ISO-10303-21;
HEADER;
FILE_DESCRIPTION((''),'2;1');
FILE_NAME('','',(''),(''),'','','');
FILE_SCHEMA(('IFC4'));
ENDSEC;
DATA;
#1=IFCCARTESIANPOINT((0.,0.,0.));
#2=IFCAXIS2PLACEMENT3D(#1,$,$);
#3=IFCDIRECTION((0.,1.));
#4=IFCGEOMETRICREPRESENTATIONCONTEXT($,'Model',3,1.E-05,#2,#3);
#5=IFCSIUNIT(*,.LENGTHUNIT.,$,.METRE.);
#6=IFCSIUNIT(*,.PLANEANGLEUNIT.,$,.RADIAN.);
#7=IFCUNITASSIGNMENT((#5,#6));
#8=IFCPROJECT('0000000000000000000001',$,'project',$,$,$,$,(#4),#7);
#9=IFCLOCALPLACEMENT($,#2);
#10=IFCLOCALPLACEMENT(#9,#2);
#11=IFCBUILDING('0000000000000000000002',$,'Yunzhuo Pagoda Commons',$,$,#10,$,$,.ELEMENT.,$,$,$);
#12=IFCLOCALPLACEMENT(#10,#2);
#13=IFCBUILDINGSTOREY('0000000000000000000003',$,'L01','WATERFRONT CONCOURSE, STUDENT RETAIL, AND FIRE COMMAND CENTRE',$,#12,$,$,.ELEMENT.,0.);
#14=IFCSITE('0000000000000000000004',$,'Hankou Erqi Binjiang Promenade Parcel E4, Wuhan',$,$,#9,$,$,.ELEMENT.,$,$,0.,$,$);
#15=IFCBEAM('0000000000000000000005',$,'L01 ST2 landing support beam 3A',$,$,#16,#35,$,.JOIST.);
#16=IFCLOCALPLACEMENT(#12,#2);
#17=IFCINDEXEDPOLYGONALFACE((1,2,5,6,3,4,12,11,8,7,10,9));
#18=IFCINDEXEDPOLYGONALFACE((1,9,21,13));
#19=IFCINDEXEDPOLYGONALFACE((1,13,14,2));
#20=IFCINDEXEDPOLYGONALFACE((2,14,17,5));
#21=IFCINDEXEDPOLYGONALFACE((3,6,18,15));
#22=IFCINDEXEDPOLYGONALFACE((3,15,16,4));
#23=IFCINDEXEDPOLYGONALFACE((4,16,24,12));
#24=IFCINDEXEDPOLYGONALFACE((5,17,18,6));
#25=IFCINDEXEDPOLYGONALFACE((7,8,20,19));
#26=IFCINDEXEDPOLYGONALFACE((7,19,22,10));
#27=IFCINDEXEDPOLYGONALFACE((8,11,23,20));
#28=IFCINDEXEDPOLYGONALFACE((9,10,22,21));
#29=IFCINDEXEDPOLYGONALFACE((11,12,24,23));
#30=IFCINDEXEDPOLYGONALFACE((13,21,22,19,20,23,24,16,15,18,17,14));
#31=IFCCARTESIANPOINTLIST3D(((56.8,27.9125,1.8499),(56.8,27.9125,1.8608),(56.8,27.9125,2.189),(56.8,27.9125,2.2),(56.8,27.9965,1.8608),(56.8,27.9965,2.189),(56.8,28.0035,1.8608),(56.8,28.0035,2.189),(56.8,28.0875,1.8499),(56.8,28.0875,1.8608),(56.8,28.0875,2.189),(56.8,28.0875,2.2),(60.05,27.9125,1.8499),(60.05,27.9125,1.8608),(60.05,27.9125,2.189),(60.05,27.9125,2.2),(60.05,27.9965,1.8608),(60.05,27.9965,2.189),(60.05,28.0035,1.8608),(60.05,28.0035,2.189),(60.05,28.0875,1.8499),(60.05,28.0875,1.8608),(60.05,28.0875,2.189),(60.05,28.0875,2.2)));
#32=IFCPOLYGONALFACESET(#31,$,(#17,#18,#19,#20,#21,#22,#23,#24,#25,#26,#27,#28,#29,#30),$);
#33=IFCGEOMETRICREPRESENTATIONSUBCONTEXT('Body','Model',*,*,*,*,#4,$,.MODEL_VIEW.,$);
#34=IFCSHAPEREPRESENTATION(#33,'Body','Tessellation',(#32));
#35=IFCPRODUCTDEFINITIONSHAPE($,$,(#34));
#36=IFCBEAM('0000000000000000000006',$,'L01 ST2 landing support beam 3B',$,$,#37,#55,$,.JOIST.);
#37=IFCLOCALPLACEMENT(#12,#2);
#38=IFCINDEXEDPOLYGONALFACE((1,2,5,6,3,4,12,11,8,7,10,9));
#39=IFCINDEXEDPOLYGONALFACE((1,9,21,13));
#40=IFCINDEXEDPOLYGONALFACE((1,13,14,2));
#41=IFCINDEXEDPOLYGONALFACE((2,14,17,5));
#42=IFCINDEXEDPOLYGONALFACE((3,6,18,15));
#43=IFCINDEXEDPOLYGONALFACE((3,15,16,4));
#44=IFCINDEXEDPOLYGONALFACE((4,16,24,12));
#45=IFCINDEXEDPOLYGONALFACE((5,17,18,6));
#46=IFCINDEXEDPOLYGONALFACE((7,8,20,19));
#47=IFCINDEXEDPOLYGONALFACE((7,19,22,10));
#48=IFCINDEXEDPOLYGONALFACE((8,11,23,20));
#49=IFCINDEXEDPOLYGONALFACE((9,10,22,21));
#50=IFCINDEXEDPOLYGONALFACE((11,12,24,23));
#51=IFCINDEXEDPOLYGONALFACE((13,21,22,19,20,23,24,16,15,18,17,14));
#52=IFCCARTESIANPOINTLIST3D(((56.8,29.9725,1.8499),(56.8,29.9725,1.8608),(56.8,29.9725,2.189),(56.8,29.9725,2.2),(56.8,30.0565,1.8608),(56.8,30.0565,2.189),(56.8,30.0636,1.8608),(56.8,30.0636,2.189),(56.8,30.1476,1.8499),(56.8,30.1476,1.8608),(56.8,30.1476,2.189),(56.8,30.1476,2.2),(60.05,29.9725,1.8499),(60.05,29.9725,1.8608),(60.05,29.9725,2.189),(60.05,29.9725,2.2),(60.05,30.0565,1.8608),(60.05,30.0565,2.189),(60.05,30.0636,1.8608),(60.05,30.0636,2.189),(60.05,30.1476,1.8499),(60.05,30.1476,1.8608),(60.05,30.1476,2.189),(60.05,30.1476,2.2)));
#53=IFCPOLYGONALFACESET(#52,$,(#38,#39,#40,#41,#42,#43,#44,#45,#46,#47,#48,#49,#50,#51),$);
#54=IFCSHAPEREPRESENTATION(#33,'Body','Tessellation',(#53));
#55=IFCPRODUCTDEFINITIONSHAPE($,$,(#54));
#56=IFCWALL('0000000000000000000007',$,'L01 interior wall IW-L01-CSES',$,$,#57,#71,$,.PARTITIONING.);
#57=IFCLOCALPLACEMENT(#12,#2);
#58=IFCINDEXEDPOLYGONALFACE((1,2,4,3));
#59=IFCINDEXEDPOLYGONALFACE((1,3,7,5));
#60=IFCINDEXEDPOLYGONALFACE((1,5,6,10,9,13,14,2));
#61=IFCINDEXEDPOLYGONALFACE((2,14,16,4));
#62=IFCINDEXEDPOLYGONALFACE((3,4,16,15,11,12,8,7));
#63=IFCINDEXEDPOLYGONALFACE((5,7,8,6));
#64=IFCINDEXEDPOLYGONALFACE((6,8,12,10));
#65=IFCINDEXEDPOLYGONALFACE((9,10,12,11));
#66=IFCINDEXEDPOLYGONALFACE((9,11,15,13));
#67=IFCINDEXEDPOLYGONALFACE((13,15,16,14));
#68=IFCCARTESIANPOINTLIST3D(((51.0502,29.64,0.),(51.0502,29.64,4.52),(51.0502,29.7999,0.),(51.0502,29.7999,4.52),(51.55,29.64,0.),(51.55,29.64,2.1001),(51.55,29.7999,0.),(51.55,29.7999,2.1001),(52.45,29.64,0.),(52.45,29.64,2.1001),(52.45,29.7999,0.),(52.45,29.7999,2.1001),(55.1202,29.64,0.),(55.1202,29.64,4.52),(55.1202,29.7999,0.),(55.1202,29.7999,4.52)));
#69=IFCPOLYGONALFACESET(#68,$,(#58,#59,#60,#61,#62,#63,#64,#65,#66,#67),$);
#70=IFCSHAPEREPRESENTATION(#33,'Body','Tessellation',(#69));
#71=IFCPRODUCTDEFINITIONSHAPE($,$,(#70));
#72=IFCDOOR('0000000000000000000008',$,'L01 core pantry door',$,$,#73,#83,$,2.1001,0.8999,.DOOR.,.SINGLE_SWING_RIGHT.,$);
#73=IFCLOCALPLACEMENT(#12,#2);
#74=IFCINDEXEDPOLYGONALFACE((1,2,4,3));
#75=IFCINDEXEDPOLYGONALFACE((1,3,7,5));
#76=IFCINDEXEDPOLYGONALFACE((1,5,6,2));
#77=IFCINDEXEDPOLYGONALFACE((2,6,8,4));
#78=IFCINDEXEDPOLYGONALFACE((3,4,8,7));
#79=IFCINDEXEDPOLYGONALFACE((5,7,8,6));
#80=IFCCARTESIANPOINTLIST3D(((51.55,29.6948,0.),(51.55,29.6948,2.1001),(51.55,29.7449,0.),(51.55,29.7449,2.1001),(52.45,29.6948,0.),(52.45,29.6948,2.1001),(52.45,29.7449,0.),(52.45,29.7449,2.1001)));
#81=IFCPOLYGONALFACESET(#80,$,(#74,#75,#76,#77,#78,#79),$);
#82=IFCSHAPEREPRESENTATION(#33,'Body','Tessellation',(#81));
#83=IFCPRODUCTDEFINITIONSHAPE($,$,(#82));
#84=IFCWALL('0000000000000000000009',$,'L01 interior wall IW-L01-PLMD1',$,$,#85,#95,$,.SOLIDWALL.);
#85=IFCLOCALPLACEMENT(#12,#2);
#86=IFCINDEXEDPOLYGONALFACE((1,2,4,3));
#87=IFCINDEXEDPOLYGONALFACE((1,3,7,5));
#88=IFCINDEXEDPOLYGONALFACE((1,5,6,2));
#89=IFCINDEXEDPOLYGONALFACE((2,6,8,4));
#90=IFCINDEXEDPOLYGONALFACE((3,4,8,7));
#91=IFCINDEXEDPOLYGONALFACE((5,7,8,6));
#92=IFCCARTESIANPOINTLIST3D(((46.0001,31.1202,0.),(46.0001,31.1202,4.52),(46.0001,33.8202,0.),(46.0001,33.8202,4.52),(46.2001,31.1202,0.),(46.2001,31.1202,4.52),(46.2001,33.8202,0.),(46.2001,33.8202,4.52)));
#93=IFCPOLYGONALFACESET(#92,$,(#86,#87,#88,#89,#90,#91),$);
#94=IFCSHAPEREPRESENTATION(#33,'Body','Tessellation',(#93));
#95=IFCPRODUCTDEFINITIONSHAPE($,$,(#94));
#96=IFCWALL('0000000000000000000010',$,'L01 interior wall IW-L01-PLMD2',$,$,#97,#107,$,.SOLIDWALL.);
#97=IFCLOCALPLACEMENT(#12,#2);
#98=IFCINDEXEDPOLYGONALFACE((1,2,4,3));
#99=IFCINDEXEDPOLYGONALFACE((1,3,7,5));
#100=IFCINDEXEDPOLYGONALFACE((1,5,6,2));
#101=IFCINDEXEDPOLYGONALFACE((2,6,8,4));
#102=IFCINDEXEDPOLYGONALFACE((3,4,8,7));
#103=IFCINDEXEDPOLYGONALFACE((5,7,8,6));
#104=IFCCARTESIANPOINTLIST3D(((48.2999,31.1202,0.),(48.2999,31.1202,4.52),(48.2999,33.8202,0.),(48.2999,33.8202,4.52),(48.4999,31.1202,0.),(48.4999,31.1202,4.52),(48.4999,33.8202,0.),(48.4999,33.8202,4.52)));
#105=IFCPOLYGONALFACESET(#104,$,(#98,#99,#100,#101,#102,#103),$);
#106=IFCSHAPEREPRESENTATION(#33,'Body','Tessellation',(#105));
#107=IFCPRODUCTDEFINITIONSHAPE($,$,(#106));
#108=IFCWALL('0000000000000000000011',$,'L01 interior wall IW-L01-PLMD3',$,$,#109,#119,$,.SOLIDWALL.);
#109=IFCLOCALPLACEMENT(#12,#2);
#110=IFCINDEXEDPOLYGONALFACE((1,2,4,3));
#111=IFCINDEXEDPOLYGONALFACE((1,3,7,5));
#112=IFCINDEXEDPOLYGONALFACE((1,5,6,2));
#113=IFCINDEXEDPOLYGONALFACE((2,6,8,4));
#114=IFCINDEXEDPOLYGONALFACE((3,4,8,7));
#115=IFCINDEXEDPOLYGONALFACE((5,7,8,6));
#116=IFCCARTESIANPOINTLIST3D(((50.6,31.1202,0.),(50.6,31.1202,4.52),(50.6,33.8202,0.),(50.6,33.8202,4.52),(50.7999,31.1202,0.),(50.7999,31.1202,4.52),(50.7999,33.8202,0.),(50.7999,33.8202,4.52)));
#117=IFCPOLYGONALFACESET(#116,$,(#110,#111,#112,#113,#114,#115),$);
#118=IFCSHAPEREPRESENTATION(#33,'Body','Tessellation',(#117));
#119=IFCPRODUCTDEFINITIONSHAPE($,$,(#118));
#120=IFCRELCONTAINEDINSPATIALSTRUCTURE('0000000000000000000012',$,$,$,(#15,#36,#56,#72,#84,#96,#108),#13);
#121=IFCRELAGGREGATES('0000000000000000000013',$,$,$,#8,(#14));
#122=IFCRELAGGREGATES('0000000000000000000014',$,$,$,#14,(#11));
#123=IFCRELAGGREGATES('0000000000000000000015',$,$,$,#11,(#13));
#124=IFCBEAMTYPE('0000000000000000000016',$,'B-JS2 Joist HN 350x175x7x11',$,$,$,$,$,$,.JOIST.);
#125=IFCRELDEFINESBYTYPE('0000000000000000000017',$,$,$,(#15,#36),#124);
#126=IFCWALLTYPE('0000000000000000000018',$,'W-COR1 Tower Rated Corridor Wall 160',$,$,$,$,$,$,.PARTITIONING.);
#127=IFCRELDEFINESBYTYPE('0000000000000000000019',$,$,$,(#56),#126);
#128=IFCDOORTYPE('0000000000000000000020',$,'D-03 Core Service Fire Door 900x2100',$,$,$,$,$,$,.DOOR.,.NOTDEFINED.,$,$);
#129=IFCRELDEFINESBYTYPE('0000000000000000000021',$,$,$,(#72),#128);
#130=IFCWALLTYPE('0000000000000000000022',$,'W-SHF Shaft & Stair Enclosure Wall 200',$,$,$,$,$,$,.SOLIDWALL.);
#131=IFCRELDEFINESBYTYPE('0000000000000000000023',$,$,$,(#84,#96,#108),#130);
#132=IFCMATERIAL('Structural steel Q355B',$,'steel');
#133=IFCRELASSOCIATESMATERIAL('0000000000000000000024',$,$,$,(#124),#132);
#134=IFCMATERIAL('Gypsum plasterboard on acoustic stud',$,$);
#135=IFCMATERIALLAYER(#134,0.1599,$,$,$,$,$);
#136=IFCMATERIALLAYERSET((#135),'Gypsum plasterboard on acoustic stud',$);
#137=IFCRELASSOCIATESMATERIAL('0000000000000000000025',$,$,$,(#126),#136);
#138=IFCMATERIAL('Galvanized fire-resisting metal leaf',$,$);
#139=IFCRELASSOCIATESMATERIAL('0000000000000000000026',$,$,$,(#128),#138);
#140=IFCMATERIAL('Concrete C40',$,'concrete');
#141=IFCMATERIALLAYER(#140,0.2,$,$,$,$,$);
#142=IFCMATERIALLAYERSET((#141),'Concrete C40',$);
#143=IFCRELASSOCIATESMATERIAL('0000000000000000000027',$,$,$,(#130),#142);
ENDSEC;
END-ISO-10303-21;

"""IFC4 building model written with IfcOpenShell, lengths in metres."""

from ifc_helpers import new_model, si_unit, direction, frame, frame_2d, origin, origin_with_axes, origin_2d, place, context, subcontext, project, spatial, rectangle, i_section, extrude, source, transform, mapped, material, layer, layer_set, material_profile, profile_set, type_object, element, fill, save


model = new_model("IFC4")

# Units and contexts
model_context = context("Model", 3, precision=1e-05, world=origin(), true_north=direction((0.0, 1.0)))
body_context = subcontext(model_context, "Body", "Model", "MODEL_VIEW")
ifc_project = project(units=[si_unit("LENGTHUNIT", "METRE"), si_unit("PLANEANGLEUNIT", "RADIAN")], contexts=[model_context])

# Site, building, storey
site_placement = place(None, origin())
site = spatial("IfcSite", under=ifc_project, at=site_placement, Name="Hankou Erqi Binjiang Promenade Parcel E4, Wuhan", CompositionType="ELEMENT", RefElevation=0.0)
building_placement = place(site_placement, origin())
building = spatial("IfcBuilding", under=site, at=building_placement, Name="Yunzhuo Pagoda Commons", CompositionType="ELEMENT")
storey_placement = place(building_placement, origin())
storey = spatial("IfcBuildingStorey", under=building, at=storey_placement, Name="L01", Description="WATERFRONT CONCOURSE, STUDENT RETAIL, AND FIRE COMMAND CENTRE", CompositionType="ELEMENT", Elevation=0.0)

# Beams
ifc_material_1 = material(Name="Structural steel Q355B", Category="steel")
ifc_material_profile = material_profile(ifc_material_1, i_section(OverallWidth=0.175, OverallDepth=0.3501, WebThickness=0.0071, FlangeThickness=0.011, at=origin_2d()), Name="Structural steel Q355B")
ifc_profile_set = profile_set([ifc_material_profile], Name="Structural steel Q355B")
beam_type = type_object("IfcBeamType", Name="B-JS2 Joist HN 350x175x7x11", PredefinedType="JOIST", material=ifc_profile_set)
shared_shape_1 = source(origin(), body_context, "Body", "SweptSolid", [
    extrude(i_section(OverallWidth=0.175, OverallDepth=0.3501, WebThickness=0.0071, FlangeThickness=0.011, at=origin_2d()), origin(), (0.0, 0.0, 1.0), 3.25),
])
for number, where, z_axis, x_axis, name in (
    (1, (56.8, 28.0, 2.0249), (1.0, 0.0, 0.0), (0.0, 1.0, 0.0), "L01 ST2 landing support beam 3A"),
    (2, (56.8, 30.0601, 2.0249), (1.0, 0.0, 0.0), (0.0, 1.0, 0.0), "L01 ST2 landing support beam 3B"),
):
    element("IfcBeam", number, at=place(storey_placement, frame(where, z_axis=z_axis, x_axis=x_axis)), inside=storey, type_object=beam_type, Name=name, PredefinedType="JOIST", context=body_context, shape_type="MappedRepresentation", body=[
        mapped(shared_shape_1, transform((0.0, 0.0, 0.0), scale=1.0)),
    ])

# Wall, opening, door
ifc_material_2 = material(Name="Gypsum plasterboard on acoustic stud")
ifc_layer_1 = layer(ifc_material_2, 0.1599)
ifc_layer_set_1 = layer_set([ifc_layer_1], Name="Gypsum plasterboard on acoustic stud")
wall_type_1 = type_object("IfcWallType", Name="W-COR1 Tower Rated Corridor Wall 160", PredefinedType="PARTITIONING", material=ifc_layer_set_1)
wall_1_placement = place(storey_placement, frame((51.05, 29.72, 0.0), z_axis=(0.0, 0.0, 1.0), x_axis=(1.0, 0.0, 0.0)))
wall_1 = element("IfcWall", 3, at=wall_1_placement, inside=storey, type_object=wall_type_1, Name="L01 interior wall IW-L01-CSES", PredefinedType="PARTITIONING", context=body_context, shape_type="SweptSolid", body=[
    extrude(rectangle(XDim=4.0701, YDim=0.1599, at=frame_2d((2.0352, 0.0))), origin(), (0.0, 0.0, 1.0), 4.52),
])
opening_1_placement = place(wall_1_placement, frame((0.5, 0.0, 0.0)))
opening_1 = element("IfcOpeningElement", 4, at=opening_1_placement, cuts=wall_1, PredefinedType="OPENING", context=body_context, shape_type="SweptSolid", body=[
    extrude(rectangle(XDim=0.8999, YDim=2.1001, at=frame_2d((0.45, 1.05))), frame((0.0, 0.0898, 0.0), z_axis=(0.0, -1.0, 0.0), x_axis=(1.0, 0.0, 0.0)), (0.0, 0.0, 1.0), 0.1799),
])
ifc_material_3 = material(Name="Galvanized fire-resisting metal leaf")
door_type_1 = type_object("IfcDoorType", Name="D-03 Core Service Fire Door 900x2100", OperationType="NOTDEFINED", PredefinedType="DOOR", material=ifc_material_3)
shared_shape_2 = source(origin(), body_context, "Body", "SweptSolid", [
    extrude(rectangle(XDim=0.8999, YDim=2.1001, at=frame_2d((0.45, 1.05))), frame((0.0, 0.0249, 0.0), z_axis=(0.0, -1.0, 0.0), x_axis=(1.0, 0.0, 0.0)), (0.0, 0.0, 1.0), 0.05),
])
door_1_placement = place(opening_1_placement, origin_with_axes())
door_1 = element("IfcDoor", 5, at=door_1_placement, inside=storey, type_object=door_type_1, Name="L01 core pantry door", OperationType="SINGLE_SWING_RIGHT", OverallHeight=2.1001, OverallWidth=0.8999, PredefinedType="DOOR", context=body_context, shape_type="MappedRepresentation", body=[
    mapped(shared_shape_2, transform((0.0, 0.0, 0.0), scale=1.0)),
])
fill(opening_1, door_1)

# Walls
ifc_material_4 = material(Name="Concrete C40", Category="concrete")
ifc_layer_2 = layer(ifc_material_4, 0.2)
ifc_layer_set_2 = layer_set([ifc_layer_2], Name="Concrete C40")
wall_type_2 = type_object("IfcWallType", Name="W-SHF Shaft & Stair Enclosure Wall 200", PredefinedType="SOLIDWALL", material=ifc_layer_set_2)
for number, where, z_axis, x_axis, name in (
    (6, (46.1001, 31.1201, 0.0), (0.0, 0.0, 1.0), (0.0, 1.0, 0.0), "L01 interior wall IW-L01-PLMD1"),
    (7, (48.3999, 31.1201, 0.0), (0.0, 0.0, 1.0), (0.0, 1.0, 0.0), "L01 interior wall IW-L01-PLMD2"),
    (8, (50.7, 31.1201, 0.0), (0.0, 0.0, 1.0), (0.0, 1.0, 0.0), "L01 interior wall IW-L01-PLMD3"),
):
    element("IfcWall", number, at=place(storey_placement, frame(where, z_axis=z_axis, x_axis=x_axis)), inside=storey, type_object=wall_type_2, Name=name, PredefinedType="SOLIDWALL", context=body_context, shape_type="SweptSolid", body=[
        extrude(rectangle(XDim=2.7, YDim=0.2, at=frame_2d((1.3501, 0.0))), origin(), (0.0, 0.0, 1.0), 4.52),
    ])

save(model, "model.ifc")
